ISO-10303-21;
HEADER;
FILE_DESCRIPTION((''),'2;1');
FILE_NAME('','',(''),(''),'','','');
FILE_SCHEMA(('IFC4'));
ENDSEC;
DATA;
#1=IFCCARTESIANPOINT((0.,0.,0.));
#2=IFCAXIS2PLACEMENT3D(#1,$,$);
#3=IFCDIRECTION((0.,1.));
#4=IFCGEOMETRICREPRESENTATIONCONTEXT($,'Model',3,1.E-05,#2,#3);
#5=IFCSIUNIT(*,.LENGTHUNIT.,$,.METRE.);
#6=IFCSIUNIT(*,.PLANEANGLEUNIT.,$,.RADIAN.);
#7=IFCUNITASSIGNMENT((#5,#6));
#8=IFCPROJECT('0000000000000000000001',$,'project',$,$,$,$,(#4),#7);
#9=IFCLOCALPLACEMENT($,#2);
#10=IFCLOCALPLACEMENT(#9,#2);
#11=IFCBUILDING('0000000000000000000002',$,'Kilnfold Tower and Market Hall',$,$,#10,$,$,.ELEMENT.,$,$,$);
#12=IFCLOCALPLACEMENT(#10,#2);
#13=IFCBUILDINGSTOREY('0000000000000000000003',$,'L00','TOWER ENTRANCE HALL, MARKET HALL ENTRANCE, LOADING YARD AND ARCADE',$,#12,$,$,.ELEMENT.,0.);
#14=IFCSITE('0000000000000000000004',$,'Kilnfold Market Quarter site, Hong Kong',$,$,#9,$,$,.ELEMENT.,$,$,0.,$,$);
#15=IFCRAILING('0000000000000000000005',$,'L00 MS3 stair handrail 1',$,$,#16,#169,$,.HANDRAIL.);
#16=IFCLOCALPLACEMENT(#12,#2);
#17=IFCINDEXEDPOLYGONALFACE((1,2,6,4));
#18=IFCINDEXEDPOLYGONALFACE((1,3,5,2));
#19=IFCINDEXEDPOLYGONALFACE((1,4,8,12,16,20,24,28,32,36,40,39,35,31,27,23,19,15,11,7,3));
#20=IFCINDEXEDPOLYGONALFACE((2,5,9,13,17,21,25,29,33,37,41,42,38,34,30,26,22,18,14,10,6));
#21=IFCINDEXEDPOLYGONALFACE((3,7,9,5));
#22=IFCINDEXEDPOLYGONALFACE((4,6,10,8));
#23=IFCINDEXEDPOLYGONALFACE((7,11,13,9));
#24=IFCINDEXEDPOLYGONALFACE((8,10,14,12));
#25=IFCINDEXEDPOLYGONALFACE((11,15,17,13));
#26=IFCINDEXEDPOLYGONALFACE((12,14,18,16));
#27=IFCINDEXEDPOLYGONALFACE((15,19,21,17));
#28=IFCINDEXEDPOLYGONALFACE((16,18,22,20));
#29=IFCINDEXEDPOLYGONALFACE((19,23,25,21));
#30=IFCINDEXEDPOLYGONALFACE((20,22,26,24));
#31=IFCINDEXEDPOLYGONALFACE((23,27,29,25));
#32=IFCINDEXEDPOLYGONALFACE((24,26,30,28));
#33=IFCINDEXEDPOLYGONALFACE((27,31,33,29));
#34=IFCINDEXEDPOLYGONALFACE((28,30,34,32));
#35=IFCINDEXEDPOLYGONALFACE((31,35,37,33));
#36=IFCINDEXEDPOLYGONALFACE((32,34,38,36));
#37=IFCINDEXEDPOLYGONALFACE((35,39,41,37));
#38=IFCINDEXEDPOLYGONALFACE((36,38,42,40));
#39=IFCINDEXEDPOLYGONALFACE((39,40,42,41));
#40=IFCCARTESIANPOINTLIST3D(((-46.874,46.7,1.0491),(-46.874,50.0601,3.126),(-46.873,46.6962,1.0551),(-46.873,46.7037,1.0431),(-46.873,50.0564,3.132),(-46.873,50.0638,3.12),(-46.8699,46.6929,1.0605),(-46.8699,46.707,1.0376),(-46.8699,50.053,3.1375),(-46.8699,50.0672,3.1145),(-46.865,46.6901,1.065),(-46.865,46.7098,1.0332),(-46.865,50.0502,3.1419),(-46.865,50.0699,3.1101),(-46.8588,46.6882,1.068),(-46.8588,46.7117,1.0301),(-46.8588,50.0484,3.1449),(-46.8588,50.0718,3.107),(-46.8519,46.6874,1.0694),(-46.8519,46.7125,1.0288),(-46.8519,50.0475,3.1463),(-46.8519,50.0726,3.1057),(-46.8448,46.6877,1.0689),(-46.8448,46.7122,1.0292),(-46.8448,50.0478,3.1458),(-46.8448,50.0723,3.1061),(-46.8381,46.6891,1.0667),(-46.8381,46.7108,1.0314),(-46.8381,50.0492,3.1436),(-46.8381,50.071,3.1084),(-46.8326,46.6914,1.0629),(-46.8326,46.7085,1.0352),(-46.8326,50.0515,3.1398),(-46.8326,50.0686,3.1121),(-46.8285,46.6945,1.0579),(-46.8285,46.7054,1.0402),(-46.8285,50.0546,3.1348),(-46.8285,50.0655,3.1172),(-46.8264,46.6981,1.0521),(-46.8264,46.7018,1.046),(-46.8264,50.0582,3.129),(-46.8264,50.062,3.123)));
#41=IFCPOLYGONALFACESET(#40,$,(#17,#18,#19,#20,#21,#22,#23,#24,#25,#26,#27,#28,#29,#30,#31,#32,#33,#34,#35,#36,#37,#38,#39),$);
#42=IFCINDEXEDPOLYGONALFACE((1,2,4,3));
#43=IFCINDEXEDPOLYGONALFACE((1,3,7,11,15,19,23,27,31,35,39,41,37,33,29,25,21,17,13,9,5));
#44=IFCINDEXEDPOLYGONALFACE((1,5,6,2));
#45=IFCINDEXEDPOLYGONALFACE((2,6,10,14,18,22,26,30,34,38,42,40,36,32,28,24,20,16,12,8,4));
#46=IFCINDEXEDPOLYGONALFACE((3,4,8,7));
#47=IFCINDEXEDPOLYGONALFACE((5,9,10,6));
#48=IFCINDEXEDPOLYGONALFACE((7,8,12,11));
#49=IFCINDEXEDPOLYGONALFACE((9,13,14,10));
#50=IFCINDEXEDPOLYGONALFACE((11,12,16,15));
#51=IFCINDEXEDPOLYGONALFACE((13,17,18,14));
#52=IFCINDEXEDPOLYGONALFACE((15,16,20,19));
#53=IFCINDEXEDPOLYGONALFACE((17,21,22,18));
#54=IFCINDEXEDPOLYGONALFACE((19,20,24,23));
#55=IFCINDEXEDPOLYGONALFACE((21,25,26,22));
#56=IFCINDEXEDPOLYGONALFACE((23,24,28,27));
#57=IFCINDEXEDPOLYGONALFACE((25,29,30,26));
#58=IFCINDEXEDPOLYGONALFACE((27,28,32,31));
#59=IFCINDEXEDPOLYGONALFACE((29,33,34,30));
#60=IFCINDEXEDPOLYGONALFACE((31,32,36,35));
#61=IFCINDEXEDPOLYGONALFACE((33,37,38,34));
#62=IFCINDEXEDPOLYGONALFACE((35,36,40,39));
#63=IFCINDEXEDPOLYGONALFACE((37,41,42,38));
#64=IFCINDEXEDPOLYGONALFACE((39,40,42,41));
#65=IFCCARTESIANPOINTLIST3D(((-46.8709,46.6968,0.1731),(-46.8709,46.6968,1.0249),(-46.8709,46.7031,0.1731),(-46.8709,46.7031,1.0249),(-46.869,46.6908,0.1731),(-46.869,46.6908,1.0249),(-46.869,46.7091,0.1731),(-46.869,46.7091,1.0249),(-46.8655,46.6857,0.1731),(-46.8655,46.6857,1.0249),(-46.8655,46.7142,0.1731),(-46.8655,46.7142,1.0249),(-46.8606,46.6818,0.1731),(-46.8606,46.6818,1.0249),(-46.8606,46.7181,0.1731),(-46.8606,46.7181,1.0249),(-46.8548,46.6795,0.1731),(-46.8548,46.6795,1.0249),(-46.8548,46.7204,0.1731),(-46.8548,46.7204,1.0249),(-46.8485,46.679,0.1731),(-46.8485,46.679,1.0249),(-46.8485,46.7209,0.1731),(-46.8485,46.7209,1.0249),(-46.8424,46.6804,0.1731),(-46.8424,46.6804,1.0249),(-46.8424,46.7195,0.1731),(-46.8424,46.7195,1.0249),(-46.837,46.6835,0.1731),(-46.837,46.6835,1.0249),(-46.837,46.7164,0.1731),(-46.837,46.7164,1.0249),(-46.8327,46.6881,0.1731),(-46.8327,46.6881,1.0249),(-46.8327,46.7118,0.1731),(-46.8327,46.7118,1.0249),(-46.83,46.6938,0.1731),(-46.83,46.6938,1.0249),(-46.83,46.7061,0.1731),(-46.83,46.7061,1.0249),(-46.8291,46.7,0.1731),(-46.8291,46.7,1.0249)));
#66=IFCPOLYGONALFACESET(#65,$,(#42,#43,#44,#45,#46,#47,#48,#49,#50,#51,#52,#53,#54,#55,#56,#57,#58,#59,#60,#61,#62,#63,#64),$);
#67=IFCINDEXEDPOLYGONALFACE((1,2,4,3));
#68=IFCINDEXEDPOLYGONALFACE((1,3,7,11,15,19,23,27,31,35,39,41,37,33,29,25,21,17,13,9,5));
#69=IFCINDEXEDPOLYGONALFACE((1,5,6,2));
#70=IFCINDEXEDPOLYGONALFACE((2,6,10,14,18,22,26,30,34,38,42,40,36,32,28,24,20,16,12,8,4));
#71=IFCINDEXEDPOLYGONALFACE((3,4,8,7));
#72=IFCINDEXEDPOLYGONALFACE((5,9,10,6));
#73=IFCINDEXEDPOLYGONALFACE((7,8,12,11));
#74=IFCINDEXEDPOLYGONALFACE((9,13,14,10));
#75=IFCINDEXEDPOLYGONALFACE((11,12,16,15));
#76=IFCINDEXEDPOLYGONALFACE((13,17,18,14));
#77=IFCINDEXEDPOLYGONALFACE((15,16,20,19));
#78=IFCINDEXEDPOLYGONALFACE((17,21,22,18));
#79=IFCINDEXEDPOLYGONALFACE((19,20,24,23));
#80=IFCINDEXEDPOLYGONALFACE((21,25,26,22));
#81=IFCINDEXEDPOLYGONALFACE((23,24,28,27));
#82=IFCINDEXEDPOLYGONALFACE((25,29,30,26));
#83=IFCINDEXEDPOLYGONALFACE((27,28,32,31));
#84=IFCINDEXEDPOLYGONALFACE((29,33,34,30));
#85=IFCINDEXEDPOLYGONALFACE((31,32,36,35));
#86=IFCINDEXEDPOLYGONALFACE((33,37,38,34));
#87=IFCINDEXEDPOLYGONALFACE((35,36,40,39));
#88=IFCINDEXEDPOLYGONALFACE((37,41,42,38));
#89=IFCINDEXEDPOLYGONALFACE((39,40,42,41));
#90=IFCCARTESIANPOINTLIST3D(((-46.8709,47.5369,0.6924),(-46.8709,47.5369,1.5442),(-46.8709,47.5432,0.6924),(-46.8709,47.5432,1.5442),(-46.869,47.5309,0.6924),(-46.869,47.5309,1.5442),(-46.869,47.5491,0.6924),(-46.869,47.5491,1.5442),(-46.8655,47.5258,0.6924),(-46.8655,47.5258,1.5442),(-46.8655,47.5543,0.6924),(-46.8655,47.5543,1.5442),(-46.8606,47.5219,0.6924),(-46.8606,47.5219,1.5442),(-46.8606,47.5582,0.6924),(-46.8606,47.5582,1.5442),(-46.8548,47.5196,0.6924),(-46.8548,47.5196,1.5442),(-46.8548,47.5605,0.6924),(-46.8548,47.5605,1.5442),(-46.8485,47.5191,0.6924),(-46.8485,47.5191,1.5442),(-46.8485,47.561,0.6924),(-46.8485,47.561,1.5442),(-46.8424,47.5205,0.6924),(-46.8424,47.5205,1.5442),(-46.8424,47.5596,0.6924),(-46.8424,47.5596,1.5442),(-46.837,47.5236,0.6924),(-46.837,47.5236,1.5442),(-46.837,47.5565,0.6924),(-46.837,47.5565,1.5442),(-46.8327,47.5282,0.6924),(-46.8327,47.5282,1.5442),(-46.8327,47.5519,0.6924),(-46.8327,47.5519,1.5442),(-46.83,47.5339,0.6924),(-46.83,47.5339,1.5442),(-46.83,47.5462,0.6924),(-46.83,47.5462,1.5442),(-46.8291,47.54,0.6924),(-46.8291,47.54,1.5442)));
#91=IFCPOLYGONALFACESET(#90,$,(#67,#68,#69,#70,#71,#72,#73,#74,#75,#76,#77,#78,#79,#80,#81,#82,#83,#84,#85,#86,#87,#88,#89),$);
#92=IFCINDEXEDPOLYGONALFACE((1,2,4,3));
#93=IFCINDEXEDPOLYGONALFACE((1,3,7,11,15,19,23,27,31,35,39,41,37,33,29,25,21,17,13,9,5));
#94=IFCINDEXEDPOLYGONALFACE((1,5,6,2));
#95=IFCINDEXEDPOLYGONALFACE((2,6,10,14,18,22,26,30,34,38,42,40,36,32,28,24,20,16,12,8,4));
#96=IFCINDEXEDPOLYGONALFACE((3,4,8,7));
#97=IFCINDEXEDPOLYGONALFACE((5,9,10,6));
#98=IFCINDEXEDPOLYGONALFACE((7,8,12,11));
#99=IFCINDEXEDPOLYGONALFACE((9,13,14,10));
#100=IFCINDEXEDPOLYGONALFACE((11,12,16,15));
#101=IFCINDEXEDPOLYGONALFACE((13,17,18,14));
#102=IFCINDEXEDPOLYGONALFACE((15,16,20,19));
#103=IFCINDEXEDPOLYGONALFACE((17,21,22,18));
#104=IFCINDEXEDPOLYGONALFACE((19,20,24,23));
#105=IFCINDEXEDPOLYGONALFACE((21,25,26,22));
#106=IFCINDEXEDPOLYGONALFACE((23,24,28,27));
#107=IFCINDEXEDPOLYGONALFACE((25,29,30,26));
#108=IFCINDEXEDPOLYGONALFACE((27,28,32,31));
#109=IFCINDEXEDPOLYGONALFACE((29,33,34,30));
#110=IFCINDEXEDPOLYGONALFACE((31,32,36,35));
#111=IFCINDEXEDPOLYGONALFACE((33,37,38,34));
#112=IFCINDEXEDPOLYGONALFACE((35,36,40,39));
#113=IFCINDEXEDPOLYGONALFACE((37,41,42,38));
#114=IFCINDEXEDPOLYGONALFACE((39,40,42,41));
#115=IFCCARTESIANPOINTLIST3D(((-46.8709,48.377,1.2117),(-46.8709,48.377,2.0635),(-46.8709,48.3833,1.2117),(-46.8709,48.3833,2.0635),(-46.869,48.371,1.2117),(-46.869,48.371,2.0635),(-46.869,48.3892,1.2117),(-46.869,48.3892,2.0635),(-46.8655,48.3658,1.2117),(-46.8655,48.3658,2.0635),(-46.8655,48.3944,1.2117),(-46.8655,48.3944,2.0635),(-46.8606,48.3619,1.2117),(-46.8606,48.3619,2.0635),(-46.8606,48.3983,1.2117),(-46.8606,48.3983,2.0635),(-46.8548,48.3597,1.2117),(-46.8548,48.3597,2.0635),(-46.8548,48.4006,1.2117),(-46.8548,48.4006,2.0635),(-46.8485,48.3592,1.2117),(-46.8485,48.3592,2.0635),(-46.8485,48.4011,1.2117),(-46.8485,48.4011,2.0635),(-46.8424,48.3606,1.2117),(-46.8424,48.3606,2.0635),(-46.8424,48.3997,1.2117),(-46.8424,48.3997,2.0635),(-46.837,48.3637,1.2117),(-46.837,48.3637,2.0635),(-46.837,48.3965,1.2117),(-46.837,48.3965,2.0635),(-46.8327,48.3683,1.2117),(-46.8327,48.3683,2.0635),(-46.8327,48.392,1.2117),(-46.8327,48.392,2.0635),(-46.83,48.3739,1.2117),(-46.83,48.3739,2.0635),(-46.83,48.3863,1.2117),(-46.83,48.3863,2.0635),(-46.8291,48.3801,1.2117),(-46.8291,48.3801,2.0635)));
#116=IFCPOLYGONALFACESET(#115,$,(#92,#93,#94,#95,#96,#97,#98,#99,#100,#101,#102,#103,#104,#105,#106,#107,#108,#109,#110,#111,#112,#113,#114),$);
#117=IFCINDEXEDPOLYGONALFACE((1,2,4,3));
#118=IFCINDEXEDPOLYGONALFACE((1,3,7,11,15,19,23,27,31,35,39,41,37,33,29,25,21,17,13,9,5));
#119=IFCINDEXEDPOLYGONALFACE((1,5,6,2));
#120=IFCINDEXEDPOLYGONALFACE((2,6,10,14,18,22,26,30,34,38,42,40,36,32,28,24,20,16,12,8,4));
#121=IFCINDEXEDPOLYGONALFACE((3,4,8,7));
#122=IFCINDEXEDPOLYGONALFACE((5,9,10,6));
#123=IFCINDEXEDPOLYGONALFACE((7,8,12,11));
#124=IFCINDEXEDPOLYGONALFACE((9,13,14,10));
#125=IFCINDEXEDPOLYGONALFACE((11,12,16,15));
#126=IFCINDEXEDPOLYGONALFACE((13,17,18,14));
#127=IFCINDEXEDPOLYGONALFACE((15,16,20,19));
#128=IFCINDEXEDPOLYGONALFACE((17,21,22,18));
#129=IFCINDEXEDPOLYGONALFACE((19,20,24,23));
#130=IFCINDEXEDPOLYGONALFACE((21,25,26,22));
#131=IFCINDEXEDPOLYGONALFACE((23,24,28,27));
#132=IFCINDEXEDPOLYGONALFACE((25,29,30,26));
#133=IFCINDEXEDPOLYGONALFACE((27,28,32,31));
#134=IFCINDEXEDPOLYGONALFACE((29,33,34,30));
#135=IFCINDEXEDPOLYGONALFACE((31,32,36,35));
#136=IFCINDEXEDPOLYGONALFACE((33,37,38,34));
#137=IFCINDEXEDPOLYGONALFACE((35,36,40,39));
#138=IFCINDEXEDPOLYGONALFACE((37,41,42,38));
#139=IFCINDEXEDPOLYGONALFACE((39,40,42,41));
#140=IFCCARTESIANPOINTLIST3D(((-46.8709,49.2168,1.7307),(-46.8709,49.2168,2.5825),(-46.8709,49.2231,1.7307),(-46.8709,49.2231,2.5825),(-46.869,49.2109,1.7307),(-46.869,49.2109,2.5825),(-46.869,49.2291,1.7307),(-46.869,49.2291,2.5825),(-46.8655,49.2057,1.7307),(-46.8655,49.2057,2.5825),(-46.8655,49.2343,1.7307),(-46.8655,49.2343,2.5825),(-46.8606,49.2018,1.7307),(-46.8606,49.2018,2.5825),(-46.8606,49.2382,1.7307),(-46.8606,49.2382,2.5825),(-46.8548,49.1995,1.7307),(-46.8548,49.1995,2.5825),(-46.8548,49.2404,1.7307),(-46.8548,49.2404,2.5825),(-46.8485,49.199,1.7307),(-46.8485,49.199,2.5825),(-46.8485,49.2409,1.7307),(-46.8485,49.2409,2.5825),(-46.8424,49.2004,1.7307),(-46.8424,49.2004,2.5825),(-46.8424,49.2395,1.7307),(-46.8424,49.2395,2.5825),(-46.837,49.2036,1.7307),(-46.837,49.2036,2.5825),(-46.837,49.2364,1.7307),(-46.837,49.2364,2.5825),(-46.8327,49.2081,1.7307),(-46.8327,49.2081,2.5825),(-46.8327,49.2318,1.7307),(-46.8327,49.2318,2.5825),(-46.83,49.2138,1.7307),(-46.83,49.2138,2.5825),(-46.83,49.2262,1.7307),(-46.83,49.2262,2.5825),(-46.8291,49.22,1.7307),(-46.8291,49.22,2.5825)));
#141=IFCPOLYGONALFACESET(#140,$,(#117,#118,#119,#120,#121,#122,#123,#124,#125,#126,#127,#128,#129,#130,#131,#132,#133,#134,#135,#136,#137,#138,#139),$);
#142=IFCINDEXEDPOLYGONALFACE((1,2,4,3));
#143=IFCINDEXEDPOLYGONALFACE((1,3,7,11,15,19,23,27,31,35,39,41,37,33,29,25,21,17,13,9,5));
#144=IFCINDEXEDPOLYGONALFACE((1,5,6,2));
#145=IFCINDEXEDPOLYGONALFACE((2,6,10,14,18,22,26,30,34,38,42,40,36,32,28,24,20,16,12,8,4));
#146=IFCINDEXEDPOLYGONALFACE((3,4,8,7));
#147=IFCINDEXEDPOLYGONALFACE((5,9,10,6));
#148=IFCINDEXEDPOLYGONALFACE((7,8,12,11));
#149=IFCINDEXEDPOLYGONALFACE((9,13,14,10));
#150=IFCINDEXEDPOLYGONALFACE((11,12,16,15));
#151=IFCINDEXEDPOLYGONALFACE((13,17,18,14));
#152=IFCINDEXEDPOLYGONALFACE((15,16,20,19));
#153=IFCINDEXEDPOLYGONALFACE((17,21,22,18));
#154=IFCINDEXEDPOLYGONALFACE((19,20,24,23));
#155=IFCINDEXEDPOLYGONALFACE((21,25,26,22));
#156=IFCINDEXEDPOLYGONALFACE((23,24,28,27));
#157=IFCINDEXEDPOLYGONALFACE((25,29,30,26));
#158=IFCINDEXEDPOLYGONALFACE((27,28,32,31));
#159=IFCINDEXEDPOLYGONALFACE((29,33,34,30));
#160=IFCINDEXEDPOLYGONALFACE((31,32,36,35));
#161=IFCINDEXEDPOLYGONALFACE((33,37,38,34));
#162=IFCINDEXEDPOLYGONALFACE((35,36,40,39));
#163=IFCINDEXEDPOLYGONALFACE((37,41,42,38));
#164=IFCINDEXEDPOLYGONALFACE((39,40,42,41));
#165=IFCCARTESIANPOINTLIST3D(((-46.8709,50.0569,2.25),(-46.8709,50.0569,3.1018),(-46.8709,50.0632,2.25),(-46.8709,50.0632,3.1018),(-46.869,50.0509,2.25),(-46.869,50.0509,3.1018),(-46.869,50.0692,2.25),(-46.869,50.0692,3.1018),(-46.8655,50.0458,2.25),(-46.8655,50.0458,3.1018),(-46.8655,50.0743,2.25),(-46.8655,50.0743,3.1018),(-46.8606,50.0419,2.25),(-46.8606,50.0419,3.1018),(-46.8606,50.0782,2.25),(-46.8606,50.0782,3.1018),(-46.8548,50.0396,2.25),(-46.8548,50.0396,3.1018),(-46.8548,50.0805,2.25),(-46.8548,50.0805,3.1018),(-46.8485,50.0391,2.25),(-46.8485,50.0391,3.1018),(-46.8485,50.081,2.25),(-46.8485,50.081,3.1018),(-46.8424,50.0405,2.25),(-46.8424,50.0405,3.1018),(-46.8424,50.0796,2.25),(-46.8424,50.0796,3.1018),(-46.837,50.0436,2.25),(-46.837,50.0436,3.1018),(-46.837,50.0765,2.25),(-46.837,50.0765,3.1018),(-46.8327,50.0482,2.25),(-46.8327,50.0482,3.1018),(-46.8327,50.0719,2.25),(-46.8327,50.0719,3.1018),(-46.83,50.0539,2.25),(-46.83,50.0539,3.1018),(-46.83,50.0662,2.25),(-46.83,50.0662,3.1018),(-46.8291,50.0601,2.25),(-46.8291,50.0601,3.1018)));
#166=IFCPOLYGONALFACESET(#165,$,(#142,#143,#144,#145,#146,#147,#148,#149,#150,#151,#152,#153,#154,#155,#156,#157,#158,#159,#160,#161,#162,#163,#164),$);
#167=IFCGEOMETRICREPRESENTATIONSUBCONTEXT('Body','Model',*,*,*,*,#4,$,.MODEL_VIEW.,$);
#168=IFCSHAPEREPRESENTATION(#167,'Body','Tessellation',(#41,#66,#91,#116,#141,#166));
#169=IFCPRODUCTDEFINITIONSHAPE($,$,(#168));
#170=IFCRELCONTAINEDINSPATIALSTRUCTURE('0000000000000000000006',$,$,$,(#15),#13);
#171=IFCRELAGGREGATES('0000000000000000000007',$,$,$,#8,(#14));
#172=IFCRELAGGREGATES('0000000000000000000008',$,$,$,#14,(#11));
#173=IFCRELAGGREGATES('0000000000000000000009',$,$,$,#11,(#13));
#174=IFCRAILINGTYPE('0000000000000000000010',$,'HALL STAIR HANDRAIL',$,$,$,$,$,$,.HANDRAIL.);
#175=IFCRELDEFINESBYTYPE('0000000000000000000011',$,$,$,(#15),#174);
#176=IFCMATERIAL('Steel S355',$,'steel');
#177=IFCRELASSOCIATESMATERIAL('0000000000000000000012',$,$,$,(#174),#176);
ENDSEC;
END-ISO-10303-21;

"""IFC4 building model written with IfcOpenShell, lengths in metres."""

from ifc_helpers import new_model, si_unit, direction, frame, origin, origin_2d, place, context, subcontext, project, spatial, circle, extrude, material, type_object, element, save


model = new_model("IFC4")

# Units and contexts
model_context = context("Model", 3, precision=1e-05, world=origin(), true_north=direction((0.0, 1.0)))
body_context = subcontext(model_context, "Body", "Model", "MODEL_VIEW")
ifc_project = project(units=[si_unit("LENGTHUNIT", "METRE"), si_unit("PLANEANGLEUNIT", "RADIAN")], contexts=[model_context])

# Site, building, storey
site_placement = place(None, origin())
site = spatial("IfcSite", under=ifc_project, at=site_placement, Name="Kilnfold Market Quarter site, Hong Kong", CompositionType="ELEMENT", RefElevation=0.0)
building_placement = place(site_placement, origin())
building = spatial("IfcBuilding", under=site, at=building_placement, Name="Kilnfold Tower and Market Hall", CompositionType="ELEMENT")
storey_placement = place(building_placement, origin())
storey = spatial("IfcBuildingStorey", under=building, at=storey_placement, Name="L00", Description="TOWER ENTRANCE HALL, MARKET HALL ENTRANCE, LOADING YARD AND ARCADE", CompositionType="ELEMENT", Elevation=0.0)

# Railing
ifc_material_1 = material(Name="Steel S355", Category="steel")
railing_type_1 = type_object("IfcRailingType", Name="HALL STAIR HANDRAIL", PredefinedType="HANDRAIL", material=ifc_material_1)
railing_1_placement = place(storey_placement, frame((-46.8501, 46.7, 0.1731)))
element("IfcRailing", 1, at=railing_1_placement, inside=storey, type_object=railing_type_1, Name="L00 MS3 stair handrail 1", PredefinedType="HANDRAIL", context=body_context, shape_type="SweptSolid", body=[
    extrude(circle(Radius=0.0239, at=origin_2d()), frame((0.0, 0.0, 0.876), z_axis=(0.0, 0.850623, 0.525776), x_axis=(-1.0, 0.0, 0.0)), (0.0, 0.0, 1.0), 3.9502),
    extrude(circle(Radius=0.021, at=origin_2d()), origin(), (0.0, 0.0, 1.0), 0.8518),
    extrude(circle(Radius=0.021, at=origin_2d()), frame((0.0, 0.8401, 0.5193)), (0.0, 0.0, 1.0), 0.8518),
    extrude(circle(Radius=0.021, at=origin_2d()), frame((0.0, 1.6802, 1.0386)), (0.0, 0.0, 1.0), 0.8518),
    extrude(circle(Radius=0.021, at=origin_2d()), frame((0.0, 2.52, 1.5576)), (0.0, 0.0, 1.0), 0.8518),
    extrude(circle(Radius=0.021, at=origin_2d()), frame((0.0, 3.3601, 2.0769)), (0.0, 0.0, 1.0), 0.8518),
])

save(model, "model.ifc")
